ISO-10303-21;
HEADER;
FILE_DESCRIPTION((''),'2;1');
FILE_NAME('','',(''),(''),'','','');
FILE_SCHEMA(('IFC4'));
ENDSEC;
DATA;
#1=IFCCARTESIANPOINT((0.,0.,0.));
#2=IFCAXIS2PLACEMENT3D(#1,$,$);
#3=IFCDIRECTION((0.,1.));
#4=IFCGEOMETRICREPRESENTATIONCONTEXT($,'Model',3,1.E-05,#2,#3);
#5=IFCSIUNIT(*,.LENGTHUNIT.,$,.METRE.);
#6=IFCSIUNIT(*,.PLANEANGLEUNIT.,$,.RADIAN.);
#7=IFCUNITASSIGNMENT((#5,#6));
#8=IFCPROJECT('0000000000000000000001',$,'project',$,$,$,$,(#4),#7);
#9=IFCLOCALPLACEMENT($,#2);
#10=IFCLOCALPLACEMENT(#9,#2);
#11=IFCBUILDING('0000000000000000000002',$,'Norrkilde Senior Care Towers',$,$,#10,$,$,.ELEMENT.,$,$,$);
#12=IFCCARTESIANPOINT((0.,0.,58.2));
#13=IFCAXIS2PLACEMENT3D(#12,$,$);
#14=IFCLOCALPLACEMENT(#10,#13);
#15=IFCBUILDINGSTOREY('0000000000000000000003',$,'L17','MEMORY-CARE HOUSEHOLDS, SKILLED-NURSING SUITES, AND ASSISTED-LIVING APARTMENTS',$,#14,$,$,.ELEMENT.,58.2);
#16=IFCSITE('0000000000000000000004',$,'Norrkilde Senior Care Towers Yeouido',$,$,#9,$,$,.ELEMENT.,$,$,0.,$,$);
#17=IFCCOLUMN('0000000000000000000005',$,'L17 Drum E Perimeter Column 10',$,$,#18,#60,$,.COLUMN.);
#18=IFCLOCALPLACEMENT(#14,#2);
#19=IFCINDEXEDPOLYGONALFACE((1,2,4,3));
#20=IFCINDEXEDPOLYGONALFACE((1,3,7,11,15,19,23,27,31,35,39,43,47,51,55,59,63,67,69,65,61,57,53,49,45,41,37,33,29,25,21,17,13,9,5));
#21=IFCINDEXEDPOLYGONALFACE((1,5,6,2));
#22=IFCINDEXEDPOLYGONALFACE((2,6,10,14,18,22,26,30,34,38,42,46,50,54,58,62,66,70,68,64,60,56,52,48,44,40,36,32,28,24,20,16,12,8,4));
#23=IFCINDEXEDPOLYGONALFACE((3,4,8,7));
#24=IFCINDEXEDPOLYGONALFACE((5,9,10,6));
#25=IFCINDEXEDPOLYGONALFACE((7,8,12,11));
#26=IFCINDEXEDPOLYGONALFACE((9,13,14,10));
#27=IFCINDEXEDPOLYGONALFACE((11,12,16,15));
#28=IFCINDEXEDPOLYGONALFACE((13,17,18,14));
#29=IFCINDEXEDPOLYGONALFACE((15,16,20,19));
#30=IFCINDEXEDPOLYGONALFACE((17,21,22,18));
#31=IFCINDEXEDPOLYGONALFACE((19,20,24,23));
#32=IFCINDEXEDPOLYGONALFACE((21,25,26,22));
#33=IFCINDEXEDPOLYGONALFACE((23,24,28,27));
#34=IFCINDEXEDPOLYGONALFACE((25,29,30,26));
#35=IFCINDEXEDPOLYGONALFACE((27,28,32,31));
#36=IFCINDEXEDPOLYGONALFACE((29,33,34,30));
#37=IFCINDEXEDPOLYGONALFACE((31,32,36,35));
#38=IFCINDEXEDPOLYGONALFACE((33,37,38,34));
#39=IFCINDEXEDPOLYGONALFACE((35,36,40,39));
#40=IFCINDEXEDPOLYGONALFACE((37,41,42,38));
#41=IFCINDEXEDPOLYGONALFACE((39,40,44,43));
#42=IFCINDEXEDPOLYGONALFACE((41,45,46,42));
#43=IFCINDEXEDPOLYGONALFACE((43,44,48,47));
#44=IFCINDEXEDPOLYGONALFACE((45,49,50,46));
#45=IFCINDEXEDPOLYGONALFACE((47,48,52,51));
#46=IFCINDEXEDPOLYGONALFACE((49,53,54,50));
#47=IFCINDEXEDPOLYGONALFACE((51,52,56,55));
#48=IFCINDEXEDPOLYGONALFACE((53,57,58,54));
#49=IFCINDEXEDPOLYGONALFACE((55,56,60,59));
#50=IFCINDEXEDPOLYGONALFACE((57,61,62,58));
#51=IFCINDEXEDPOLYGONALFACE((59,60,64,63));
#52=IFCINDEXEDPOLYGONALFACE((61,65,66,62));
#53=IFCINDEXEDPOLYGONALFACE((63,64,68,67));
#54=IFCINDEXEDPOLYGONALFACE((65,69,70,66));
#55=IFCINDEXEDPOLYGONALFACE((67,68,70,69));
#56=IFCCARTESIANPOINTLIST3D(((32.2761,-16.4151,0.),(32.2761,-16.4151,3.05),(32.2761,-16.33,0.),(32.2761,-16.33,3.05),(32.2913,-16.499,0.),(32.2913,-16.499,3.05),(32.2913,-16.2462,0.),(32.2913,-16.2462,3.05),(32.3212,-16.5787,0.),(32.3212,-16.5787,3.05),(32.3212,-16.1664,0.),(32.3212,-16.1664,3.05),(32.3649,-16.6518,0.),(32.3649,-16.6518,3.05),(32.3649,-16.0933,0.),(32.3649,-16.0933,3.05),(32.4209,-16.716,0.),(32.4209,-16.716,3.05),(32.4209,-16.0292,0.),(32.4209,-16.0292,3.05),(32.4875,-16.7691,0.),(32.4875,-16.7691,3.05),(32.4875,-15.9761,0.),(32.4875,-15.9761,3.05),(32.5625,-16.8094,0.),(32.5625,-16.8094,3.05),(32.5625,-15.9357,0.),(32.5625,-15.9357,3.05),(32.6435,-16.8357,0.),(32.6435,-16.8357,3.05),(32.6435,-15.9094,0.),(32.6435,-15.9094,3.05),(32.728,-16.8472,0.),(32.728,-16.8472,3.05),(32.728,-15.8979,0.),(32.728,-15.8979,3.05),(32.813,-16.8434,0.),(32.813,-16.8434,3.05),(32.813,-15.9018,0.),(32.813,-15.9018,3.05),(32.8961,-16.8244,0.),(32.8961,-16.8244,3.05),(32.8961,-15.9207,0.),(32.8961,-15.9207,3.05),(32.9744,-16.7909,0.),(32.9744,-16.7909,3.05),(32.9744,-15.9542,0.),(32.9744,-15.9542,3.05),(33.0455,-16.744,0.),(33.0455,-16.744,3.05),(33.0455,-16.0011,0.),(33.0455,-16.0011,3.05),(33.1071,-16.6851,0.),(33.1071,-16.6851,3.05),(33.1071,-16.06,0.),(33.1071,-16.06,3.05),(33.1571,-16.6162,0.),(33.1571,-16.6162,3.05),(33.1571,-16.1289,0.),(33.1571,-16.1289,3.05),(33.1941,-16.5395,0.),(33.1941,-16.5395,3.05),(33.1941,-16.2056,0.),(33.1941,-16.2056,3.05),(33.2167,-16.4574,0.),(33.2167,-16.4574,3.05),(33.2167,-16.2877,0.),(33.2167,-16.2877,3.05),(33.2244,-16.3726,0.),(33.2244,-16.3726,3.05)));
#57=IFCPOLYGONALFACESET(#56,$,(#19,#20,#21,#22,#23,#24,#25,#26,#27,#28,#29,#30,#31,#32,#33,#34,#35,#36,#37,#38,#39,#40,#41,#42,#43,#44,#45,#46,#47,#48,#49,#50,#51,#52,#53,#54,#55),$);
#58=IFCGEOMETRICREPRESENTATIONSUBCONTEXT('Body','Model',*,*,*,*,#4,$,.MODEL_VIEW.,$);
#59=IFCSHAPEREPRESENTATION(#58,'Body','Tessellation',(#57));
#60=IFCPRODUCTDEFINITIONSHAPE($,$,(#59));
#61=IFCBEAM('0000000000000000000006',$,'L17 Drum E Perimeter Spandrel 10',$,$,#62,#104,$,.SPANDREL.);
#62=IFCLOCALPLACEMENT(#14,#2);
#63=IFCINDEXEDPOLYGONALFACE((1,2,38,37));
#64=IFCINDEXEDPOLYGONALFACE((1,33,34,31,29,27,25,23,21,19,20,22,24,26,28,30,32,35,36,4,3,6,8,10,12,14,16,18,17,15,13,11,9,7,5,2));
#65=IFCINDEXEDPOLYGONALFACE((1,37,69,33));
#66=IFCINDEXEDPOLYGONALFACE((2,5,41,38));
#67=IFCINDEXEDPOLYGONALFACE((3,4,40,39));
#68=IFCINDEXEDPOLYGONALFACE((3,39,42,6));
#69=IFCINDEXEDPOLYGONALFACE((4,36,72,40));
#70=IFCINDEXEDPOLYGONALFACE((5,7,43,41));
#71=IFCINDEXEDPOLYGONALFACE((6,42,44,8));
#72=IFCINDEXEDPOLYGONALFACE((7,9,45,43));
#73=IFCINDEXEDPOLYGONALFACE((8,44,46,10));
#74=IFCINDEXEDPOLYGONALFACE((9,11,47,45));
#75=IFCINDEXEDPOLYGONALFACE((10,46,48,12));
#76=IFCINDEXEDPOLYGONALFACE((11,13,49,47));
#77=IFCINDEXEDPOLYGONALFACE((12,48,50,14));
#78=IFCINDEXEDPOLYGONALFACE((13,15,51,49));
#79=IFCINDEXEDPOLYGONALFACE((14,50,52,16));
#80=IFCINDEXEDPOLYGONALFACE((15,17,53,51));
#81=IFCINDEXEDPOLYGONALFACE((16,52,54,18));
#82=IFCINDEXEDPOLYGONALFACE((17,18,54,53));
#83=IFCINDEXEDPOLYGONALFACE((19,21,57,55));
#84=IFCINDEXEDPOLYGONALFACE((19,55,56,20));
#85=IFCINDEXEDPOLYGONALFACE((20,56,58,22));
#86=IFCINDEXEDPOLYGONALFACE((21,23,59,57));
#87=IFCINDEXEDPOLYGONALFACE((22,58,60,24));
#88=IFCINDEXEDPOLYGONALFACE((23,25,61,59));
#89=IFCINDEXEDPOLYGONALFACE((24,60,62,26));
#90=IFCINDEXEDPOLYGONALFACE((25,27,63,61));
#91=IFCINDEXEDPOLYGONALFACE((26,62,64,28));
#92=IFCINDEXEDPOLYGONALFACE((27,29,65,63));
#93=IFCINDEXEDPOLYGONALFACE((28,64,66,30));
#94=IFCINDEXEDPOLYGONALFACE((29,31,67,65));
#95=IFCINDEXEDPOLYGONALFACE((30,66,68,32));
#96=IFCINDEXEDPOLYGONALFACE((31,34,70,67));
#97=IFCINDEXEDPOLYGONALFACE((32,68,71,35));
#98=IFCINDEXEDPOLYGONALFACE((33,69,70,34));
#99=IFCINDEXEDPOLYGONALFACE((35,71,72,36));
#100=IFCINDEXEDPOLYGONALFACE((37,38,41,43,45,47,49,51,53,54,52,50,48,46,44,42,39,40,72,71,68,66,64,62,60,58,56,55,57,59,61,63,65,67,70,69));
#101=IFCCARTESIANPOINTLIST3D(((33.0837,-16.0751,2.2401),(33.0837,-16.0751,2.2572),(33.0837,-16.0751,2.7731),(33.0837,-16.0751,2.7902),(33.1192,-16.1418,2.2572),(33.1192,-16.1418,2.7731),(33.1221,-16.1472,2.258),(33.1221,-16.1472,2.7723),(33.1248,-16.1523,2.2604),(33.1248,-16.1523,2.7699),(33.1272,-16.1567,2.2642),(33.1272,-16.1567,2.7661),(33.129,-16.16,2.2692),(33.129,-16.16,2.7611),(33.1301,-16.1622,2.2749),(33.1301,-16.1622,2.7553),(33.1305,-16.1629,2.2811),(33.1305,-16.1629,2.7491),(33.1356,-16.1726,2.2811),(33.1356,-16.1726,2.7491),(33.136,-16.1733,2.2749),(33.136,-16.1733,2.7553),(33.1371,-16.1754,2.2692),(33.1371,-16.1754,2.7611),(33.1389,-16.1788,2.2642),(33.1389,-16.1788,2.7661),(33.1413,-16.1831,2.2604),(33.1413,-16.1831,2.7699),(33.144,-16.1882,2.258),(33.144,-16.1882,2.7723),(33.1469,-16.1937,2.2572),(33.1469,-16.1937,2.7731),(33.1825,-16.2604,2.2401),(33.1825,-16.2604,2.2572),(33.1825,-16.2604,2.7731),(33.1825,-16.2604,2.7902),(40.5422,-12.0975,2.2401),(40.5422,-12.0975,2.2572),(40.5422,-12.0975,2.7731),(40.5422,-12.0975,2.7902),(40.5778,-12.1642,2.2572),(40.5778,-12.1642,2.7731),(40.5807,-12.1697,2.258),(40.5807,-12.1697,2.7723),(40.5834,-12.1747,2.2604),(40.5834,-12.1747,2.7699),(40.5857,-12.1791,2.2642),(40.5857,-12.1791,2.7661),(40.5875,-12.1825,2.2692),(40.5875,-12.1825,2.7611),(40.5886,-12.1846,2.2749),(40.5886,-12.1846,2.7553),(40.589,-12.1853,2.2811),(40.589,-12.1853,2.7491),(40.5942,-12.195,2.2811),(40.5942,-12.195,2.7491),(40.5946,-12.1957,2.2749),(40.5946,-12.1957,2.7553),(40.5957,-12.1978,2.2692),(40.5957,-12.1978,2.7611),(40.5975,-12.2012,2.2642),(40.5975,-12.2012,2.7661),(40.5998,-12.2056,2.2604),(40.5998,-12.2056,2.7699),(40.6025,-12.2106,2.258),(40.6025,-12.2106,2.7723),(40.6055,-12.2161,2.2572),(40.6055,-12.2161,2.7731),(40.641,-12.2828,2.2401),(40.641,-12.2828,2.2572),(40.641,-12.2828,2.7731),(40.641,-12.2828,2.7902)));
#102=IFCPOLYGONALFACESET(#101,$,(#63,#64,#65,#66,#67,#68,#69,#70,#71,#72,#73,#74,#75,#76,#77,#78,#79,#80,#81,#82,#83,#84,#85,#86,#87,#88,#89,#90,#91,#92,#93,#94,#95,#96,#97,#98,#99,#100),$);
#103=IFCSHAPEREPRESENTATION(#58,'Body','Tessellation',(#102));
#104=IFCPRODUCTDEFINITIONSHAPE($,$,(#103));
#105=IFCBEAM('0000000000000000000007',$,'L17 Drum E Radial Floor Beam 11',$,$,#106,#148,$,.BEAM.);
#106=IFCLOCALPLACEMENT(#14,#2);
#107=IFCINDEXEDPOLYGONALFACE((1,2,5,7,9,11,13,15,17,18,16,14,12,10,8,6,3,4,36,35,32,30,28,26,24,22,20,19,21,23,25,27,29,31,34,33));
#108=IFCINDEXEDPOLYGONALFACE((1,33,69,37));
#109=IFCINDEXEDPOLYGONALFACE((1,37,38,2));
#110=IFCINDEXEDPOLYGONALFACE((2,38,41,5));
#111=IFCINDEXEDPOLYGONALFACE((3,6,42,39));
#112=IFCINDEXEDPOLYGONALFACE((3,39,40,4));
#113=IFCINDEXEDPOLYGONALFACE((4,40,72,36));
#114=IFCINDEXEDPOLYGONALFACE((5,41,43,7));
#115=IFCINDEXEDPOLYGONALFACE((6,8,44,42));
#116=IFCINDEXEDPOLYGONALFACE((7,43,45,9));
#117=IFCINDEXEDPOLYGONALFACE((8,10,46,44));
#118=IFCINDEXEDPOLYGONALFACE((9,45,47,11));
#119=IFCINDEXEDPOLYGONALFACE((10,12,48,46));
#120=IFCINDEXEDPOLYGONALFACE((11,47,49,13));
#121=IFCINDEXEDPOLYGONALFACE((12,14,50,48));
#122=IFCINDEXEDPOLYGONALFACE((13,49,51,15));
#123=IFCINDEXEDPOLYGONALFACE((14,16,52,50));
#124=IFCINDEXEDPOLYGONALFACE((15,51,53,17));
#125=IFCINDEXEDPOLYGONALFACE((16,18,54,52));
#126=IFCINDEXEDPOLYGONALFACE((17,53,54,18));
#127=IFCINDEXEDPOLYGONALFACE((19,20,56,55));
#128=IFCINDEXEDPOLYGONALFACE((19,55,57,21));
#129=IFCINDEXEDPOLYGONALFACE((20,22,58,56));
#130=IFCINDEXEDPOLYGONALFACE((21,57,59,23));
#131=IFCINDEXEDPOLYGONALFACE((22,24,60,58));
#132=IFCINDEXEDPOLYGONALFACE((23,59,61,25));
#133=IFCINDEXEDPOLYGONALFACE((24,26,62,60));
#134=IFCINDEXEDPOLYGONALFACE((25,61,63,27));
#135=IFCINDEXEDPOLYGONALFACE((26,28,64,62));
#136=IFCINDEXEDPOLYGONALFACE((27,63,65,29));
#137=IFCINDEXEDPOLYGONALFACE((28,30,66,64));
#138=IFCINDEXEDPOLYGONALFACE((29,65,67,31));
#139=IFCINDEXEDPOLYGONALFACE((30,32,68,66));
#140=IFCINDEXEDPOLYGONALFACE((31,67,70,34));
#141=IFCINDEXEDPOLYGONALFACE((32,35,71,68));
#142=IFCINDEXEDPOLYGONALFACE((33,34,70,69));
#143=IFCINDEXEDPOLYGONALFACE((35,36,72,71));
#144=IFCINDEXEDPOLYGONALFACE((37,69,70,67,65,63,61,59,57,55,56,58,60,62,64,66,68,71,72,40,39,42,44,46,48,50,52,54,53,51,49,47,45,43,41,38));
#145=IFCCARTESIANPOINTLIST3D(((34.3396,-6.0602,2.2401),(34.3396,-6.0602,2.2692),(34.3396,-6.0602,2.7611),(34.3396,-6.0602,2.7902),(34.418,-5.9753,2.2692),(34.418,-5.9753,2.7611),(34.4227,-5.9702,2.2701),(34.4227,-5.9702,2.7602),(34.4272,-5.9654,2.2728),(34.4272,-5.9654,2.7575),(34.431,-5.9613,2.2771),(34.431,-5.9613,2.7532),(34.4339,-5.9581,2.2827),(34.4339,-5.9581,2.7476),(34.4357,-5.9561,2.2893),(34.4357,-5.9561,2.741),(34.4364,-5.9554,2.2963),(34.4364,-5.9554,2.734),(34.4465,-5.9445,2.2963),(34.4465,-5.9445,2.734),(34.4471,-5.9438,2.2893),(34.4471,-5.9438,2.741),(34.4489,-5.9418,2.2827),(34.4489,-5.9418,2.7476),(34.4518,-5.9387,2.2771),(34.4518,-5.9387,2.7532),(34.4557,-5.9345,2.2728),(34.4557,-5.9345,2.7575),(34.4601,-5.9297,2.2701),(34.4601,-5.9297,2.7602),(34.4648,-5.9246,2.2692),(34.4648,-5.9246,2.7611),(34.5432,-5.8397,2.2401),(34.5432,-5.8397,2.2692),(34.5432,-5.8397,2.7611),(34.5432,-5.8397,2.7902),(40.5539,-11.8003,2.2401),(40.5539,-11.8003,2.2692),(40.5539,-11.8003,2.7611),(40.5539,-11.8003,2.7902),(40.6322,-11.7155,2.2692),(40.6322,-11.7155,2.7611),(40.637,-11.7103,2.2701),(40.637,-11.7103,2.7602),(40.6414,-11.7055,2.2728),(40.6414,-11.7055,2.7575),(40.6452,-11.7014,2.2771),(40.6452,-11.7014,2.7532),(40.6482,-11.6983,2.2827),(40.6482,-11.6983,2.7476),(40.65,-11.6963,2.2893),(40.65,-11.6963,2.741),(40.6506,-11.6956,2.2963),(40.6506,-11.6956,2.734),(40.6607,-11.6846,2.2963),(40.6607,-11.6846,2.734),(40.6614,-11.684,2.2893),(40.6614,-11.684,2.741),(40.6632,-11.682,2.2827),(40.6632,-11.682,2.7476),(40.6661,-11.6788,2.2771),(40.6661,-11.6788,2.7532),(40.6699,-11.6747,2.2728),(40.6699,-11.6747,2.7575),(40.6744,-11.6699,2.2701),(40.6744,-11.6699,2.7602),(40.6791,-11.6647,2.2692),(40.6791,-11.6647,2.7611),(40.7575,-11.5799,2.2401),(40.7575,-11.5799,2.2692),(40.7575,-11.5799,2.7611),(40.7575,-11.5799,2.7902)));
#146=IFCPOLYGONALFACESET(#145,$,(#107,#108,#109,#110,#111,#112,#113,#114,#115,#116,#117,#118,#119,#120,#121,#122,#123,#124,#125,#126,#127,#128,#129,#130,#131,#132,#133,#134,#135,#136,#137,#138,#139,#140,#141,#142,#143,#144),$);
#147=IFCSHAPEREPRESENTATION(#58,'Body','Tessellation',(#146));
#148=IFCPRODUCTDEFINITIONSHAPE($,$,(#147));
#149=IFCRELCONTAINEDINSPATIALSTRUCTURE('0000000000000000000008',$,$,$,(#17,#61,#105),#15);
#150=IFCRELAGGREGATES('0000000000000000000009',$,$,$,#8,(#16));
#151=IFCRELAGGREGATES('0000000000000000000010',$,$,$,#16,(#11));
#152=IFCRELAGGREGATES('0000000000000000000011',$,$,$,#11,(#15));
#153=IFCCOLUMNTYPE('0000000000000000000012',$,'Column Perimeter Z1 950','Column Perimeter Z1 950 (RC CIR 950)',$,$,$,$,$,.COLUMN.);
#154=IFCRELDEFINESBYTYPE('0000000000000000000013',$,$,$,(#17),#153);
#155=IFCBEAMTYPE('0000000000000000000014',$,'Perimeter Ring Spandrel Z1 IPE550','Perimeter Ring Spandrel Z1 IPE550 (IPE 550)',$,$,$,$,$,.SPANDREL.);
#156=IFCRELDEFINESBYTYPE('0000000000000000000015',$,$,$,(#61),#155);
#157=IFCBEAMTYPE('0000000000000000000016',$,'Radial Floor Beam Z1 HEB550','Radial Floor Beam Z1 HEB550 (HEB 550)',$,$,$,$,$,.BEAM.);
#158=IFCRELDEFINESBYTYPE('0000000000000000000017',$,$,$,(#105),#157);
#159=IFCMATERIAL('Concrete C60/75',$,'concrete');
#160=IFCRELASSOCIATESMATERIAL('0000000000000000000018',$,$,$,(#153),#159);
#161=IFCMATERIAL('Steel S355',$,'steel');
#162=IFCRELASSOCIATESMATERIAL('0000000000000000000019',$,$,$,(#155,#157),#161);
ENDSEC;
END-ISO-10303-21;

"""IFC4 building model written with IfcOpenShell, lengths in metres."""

from ifc_helpers import new_model, si_unit, direction, frame, origin, origin_2d, place, context, subcontext, project, spatial, circle, i_section, extrude, source, transform, mapped, material, material_profile, profile_set, type_object, type_shapes, element, save


model = new_model("IFC4")

# Units and contexts
model_context = context("Model", 3, precision=1e-05, world=origin(), true_north=direction((0.0, 1.0)))
body_context = subcontext(model_context, "Body", "Model", "MODEL_VIEW")
ifc_project = project(units=[si_unit("LENGTHUNIT", "METRE"), si_unit("PLANEANGLEUNIT", "RADIAN")], contexts=[model_context])

# Site, building, storey
site_placement = place(None, origin())
site = spatial("IfcSite", under=ifc_project, at=site_placement, Name="Norrkilde Senior Care Towers Yeouido", CompositionType="ELEMENT", RefElevation=0.0)
building_placement = place(site_placement, origin())
building = spatial("IfcBuilding", under=site, at=building_placement, Name="Norrkilde Senior Care Towers", CompositionType="ELEMENT")
storey_placement = place(building_placement, frame((0.0, 0.0, 58.2)))
storey = spatial("IfcBuildingStorey", under=building, at=storey_placement, Name="L17", Description="MEMORY-CARE HOUSEHOLDS, SKILLED-NURSING SUITES, AND ASSISTED-LIVING APARTMENTS", CompositionType="ELEMENT", Elevation=58.2)

# Column
ifc_material_1 = material(Name="Concrete C60/75", Category="concrete")
ifc_material_profile_1 = material_profile(ifc_material_1, circle(Radius=0.4751, at=origin_2d()), Name="RC CIR 950")
ifc_profile_set_1 = profile_set([ifc_material_profile_1], Name="Concrete C60/75")
column_type = type_object("IfcColumnType", Name="Column Perimeter Z1 950", Description="Column Perimeter Z1 950 (RC CIR 950)", PredefinedType="COLUMN", material=ifc_profile_set_1)
shared_shape_1 = source(origin(), body_context, "Body", "SweptSolid", [
    extrude(circle(Radius=0.4751, at=origin_2d()), origin(), (0.0, 0.0, 1.0), 3.05),
])
type_shapes(column_type, [shared_shape_1])
column_placement = place(storey_placement, frame((32.7493, -16.3726, 0.0), z_axis=(0.0, 0.0, 1.0), x_axis=(1.0, 0.0, 0.0)))
element("IfcColumn", 1, at=column_placement, inside=storey, type_object=column_type, Name="L17 Drum E Perimeter Column 10", PredefinedType="COLUMN", context=body_context, shape_type="MappedRepresentation", body=[
    mapped(shared_shape_1, transform((0.0, 0.0, 0.0), x_axis=(1.0, 0.0, 0.0), y_axis=(0.0, 1.0, 0.0), z_axis=(0.0, 0.0, 1.0), scale=1.0)),
])

# Beams
ifc_material_2 = material(Name="Steel S355", Category="steel")
ifc_material_profile_2 = material_profile(ifc_material_2, i_section(OverallWidth=0.21, OverallDepth=0.55, WebThickness=0.011, FlangeThickness=0.0171, FilletRadius=0.0239, at=origin_2d()), Name="IPE 550")
ifc_profile_set_2 = profile_set([ifc_material_profile_2], Name="Steel S355")
beam_type_1 = type_object("IfcBeamType", Name="Perimeter Ring Spandrel Z1 IPE550", Description="Perimeter Ring Spandrel Z1 IPE550 (IPE 550)", PredefinedType="SPANDREL", material=ifc_profile_set_2)
shared_shape_2 = source(origin(), body_context, "Body", "SweptSolid", [
    extrude(i_section(OverallWidth=0.21, OverallDepth=0.55, WebThickness=0.011, FlangeThickness=0.0171, FilletRadius=0.0239, at=origin_2d()), origin(), (0.0, 0.0, 1.0), 8.4529),
])
type_shapes(beam_type_1, [shared_shape_2])
beam_1_placement = place(storey_placement, frame((33.1331, -16.1677, 2.5151), z_axis=(0.882369, 0.470558, 0.0), x_axis=(-0.470558, 0.882369, 0.0)))
element("IfcBeam", 2, at=beam_1_placement, inside=storey, type_object=beam_type_1, Name="L17 Drum E Perimeter Spandrel 10", PredefinedType="SPANDREL", context=body_context, shape_type="MappedRepresentation", body=[
    mapped(shared_shape_2, transform((0.0, 0.0, 0.0), x_axis=(1.0, 0.0, 0.0), y_axis=(0.0, 1.0, 0.0), z_axis=(0.0, 0.0, 1.0), scale=1.0)),
])
ifc_material_profile_3 = material_profile(ifc_material_2, i_section(OverallWidth=0.3, OverallDepth=0.55, WebThickness=0.0149, FlangeThickness=0.0291, FilletRadius=0.0271, at=origin_2d()), Name="HEB 550")
ifc_profile_set_3 = profile_set([ifc_material_profile_3], Name="Steel S355")
beam_type_2 = type_object("IfcBeamType", Name="Radial Floor Beam Z1 HEB550", Description="Radial Floor Beam Z1 HEB550 (HEB 550)", PredefinedType="BEAM", material=ifc_profile_set_3)
shared_shape_3 = source(origin(), body_context, "Body", "SweptSolid", [
    extrude(i_section(OverallWidth=0.3, OverallDepth=0.55, WebThickness=0.0149, FlangeThickness=0.0291, FilletRadius=0.0271, at=origin_2d()), origin(), (0.0, 0.0, 1.0), 8.4597),
])
beam_2_placement = place(storey_placement, frame((34.4414, -5.95, 2.5151), z_axis=(0.734573, -0.678529, 0.0), x_axis=(0.678529, 0.734573, 0.0)))
element("IfcBeam", 3, at=beam_2_placement, inside=storey, type_object=beam_type_2, Name="L17 Drum E Radial Floor Beam 11", PredefinedType="BEAM", context=body_context, shape_type="MappedRepresentation", body=[
    mapped(shared_shape_3, transform((0.0, 0.0, 0.0), x_axis=(1.0, 0.0, 0.0), y_axis=(0.0, 1.0, 0.0), z_axis=(0.0, 0.0, 1.0), scale=1.0)),
])

save(model, "model.ifc")
